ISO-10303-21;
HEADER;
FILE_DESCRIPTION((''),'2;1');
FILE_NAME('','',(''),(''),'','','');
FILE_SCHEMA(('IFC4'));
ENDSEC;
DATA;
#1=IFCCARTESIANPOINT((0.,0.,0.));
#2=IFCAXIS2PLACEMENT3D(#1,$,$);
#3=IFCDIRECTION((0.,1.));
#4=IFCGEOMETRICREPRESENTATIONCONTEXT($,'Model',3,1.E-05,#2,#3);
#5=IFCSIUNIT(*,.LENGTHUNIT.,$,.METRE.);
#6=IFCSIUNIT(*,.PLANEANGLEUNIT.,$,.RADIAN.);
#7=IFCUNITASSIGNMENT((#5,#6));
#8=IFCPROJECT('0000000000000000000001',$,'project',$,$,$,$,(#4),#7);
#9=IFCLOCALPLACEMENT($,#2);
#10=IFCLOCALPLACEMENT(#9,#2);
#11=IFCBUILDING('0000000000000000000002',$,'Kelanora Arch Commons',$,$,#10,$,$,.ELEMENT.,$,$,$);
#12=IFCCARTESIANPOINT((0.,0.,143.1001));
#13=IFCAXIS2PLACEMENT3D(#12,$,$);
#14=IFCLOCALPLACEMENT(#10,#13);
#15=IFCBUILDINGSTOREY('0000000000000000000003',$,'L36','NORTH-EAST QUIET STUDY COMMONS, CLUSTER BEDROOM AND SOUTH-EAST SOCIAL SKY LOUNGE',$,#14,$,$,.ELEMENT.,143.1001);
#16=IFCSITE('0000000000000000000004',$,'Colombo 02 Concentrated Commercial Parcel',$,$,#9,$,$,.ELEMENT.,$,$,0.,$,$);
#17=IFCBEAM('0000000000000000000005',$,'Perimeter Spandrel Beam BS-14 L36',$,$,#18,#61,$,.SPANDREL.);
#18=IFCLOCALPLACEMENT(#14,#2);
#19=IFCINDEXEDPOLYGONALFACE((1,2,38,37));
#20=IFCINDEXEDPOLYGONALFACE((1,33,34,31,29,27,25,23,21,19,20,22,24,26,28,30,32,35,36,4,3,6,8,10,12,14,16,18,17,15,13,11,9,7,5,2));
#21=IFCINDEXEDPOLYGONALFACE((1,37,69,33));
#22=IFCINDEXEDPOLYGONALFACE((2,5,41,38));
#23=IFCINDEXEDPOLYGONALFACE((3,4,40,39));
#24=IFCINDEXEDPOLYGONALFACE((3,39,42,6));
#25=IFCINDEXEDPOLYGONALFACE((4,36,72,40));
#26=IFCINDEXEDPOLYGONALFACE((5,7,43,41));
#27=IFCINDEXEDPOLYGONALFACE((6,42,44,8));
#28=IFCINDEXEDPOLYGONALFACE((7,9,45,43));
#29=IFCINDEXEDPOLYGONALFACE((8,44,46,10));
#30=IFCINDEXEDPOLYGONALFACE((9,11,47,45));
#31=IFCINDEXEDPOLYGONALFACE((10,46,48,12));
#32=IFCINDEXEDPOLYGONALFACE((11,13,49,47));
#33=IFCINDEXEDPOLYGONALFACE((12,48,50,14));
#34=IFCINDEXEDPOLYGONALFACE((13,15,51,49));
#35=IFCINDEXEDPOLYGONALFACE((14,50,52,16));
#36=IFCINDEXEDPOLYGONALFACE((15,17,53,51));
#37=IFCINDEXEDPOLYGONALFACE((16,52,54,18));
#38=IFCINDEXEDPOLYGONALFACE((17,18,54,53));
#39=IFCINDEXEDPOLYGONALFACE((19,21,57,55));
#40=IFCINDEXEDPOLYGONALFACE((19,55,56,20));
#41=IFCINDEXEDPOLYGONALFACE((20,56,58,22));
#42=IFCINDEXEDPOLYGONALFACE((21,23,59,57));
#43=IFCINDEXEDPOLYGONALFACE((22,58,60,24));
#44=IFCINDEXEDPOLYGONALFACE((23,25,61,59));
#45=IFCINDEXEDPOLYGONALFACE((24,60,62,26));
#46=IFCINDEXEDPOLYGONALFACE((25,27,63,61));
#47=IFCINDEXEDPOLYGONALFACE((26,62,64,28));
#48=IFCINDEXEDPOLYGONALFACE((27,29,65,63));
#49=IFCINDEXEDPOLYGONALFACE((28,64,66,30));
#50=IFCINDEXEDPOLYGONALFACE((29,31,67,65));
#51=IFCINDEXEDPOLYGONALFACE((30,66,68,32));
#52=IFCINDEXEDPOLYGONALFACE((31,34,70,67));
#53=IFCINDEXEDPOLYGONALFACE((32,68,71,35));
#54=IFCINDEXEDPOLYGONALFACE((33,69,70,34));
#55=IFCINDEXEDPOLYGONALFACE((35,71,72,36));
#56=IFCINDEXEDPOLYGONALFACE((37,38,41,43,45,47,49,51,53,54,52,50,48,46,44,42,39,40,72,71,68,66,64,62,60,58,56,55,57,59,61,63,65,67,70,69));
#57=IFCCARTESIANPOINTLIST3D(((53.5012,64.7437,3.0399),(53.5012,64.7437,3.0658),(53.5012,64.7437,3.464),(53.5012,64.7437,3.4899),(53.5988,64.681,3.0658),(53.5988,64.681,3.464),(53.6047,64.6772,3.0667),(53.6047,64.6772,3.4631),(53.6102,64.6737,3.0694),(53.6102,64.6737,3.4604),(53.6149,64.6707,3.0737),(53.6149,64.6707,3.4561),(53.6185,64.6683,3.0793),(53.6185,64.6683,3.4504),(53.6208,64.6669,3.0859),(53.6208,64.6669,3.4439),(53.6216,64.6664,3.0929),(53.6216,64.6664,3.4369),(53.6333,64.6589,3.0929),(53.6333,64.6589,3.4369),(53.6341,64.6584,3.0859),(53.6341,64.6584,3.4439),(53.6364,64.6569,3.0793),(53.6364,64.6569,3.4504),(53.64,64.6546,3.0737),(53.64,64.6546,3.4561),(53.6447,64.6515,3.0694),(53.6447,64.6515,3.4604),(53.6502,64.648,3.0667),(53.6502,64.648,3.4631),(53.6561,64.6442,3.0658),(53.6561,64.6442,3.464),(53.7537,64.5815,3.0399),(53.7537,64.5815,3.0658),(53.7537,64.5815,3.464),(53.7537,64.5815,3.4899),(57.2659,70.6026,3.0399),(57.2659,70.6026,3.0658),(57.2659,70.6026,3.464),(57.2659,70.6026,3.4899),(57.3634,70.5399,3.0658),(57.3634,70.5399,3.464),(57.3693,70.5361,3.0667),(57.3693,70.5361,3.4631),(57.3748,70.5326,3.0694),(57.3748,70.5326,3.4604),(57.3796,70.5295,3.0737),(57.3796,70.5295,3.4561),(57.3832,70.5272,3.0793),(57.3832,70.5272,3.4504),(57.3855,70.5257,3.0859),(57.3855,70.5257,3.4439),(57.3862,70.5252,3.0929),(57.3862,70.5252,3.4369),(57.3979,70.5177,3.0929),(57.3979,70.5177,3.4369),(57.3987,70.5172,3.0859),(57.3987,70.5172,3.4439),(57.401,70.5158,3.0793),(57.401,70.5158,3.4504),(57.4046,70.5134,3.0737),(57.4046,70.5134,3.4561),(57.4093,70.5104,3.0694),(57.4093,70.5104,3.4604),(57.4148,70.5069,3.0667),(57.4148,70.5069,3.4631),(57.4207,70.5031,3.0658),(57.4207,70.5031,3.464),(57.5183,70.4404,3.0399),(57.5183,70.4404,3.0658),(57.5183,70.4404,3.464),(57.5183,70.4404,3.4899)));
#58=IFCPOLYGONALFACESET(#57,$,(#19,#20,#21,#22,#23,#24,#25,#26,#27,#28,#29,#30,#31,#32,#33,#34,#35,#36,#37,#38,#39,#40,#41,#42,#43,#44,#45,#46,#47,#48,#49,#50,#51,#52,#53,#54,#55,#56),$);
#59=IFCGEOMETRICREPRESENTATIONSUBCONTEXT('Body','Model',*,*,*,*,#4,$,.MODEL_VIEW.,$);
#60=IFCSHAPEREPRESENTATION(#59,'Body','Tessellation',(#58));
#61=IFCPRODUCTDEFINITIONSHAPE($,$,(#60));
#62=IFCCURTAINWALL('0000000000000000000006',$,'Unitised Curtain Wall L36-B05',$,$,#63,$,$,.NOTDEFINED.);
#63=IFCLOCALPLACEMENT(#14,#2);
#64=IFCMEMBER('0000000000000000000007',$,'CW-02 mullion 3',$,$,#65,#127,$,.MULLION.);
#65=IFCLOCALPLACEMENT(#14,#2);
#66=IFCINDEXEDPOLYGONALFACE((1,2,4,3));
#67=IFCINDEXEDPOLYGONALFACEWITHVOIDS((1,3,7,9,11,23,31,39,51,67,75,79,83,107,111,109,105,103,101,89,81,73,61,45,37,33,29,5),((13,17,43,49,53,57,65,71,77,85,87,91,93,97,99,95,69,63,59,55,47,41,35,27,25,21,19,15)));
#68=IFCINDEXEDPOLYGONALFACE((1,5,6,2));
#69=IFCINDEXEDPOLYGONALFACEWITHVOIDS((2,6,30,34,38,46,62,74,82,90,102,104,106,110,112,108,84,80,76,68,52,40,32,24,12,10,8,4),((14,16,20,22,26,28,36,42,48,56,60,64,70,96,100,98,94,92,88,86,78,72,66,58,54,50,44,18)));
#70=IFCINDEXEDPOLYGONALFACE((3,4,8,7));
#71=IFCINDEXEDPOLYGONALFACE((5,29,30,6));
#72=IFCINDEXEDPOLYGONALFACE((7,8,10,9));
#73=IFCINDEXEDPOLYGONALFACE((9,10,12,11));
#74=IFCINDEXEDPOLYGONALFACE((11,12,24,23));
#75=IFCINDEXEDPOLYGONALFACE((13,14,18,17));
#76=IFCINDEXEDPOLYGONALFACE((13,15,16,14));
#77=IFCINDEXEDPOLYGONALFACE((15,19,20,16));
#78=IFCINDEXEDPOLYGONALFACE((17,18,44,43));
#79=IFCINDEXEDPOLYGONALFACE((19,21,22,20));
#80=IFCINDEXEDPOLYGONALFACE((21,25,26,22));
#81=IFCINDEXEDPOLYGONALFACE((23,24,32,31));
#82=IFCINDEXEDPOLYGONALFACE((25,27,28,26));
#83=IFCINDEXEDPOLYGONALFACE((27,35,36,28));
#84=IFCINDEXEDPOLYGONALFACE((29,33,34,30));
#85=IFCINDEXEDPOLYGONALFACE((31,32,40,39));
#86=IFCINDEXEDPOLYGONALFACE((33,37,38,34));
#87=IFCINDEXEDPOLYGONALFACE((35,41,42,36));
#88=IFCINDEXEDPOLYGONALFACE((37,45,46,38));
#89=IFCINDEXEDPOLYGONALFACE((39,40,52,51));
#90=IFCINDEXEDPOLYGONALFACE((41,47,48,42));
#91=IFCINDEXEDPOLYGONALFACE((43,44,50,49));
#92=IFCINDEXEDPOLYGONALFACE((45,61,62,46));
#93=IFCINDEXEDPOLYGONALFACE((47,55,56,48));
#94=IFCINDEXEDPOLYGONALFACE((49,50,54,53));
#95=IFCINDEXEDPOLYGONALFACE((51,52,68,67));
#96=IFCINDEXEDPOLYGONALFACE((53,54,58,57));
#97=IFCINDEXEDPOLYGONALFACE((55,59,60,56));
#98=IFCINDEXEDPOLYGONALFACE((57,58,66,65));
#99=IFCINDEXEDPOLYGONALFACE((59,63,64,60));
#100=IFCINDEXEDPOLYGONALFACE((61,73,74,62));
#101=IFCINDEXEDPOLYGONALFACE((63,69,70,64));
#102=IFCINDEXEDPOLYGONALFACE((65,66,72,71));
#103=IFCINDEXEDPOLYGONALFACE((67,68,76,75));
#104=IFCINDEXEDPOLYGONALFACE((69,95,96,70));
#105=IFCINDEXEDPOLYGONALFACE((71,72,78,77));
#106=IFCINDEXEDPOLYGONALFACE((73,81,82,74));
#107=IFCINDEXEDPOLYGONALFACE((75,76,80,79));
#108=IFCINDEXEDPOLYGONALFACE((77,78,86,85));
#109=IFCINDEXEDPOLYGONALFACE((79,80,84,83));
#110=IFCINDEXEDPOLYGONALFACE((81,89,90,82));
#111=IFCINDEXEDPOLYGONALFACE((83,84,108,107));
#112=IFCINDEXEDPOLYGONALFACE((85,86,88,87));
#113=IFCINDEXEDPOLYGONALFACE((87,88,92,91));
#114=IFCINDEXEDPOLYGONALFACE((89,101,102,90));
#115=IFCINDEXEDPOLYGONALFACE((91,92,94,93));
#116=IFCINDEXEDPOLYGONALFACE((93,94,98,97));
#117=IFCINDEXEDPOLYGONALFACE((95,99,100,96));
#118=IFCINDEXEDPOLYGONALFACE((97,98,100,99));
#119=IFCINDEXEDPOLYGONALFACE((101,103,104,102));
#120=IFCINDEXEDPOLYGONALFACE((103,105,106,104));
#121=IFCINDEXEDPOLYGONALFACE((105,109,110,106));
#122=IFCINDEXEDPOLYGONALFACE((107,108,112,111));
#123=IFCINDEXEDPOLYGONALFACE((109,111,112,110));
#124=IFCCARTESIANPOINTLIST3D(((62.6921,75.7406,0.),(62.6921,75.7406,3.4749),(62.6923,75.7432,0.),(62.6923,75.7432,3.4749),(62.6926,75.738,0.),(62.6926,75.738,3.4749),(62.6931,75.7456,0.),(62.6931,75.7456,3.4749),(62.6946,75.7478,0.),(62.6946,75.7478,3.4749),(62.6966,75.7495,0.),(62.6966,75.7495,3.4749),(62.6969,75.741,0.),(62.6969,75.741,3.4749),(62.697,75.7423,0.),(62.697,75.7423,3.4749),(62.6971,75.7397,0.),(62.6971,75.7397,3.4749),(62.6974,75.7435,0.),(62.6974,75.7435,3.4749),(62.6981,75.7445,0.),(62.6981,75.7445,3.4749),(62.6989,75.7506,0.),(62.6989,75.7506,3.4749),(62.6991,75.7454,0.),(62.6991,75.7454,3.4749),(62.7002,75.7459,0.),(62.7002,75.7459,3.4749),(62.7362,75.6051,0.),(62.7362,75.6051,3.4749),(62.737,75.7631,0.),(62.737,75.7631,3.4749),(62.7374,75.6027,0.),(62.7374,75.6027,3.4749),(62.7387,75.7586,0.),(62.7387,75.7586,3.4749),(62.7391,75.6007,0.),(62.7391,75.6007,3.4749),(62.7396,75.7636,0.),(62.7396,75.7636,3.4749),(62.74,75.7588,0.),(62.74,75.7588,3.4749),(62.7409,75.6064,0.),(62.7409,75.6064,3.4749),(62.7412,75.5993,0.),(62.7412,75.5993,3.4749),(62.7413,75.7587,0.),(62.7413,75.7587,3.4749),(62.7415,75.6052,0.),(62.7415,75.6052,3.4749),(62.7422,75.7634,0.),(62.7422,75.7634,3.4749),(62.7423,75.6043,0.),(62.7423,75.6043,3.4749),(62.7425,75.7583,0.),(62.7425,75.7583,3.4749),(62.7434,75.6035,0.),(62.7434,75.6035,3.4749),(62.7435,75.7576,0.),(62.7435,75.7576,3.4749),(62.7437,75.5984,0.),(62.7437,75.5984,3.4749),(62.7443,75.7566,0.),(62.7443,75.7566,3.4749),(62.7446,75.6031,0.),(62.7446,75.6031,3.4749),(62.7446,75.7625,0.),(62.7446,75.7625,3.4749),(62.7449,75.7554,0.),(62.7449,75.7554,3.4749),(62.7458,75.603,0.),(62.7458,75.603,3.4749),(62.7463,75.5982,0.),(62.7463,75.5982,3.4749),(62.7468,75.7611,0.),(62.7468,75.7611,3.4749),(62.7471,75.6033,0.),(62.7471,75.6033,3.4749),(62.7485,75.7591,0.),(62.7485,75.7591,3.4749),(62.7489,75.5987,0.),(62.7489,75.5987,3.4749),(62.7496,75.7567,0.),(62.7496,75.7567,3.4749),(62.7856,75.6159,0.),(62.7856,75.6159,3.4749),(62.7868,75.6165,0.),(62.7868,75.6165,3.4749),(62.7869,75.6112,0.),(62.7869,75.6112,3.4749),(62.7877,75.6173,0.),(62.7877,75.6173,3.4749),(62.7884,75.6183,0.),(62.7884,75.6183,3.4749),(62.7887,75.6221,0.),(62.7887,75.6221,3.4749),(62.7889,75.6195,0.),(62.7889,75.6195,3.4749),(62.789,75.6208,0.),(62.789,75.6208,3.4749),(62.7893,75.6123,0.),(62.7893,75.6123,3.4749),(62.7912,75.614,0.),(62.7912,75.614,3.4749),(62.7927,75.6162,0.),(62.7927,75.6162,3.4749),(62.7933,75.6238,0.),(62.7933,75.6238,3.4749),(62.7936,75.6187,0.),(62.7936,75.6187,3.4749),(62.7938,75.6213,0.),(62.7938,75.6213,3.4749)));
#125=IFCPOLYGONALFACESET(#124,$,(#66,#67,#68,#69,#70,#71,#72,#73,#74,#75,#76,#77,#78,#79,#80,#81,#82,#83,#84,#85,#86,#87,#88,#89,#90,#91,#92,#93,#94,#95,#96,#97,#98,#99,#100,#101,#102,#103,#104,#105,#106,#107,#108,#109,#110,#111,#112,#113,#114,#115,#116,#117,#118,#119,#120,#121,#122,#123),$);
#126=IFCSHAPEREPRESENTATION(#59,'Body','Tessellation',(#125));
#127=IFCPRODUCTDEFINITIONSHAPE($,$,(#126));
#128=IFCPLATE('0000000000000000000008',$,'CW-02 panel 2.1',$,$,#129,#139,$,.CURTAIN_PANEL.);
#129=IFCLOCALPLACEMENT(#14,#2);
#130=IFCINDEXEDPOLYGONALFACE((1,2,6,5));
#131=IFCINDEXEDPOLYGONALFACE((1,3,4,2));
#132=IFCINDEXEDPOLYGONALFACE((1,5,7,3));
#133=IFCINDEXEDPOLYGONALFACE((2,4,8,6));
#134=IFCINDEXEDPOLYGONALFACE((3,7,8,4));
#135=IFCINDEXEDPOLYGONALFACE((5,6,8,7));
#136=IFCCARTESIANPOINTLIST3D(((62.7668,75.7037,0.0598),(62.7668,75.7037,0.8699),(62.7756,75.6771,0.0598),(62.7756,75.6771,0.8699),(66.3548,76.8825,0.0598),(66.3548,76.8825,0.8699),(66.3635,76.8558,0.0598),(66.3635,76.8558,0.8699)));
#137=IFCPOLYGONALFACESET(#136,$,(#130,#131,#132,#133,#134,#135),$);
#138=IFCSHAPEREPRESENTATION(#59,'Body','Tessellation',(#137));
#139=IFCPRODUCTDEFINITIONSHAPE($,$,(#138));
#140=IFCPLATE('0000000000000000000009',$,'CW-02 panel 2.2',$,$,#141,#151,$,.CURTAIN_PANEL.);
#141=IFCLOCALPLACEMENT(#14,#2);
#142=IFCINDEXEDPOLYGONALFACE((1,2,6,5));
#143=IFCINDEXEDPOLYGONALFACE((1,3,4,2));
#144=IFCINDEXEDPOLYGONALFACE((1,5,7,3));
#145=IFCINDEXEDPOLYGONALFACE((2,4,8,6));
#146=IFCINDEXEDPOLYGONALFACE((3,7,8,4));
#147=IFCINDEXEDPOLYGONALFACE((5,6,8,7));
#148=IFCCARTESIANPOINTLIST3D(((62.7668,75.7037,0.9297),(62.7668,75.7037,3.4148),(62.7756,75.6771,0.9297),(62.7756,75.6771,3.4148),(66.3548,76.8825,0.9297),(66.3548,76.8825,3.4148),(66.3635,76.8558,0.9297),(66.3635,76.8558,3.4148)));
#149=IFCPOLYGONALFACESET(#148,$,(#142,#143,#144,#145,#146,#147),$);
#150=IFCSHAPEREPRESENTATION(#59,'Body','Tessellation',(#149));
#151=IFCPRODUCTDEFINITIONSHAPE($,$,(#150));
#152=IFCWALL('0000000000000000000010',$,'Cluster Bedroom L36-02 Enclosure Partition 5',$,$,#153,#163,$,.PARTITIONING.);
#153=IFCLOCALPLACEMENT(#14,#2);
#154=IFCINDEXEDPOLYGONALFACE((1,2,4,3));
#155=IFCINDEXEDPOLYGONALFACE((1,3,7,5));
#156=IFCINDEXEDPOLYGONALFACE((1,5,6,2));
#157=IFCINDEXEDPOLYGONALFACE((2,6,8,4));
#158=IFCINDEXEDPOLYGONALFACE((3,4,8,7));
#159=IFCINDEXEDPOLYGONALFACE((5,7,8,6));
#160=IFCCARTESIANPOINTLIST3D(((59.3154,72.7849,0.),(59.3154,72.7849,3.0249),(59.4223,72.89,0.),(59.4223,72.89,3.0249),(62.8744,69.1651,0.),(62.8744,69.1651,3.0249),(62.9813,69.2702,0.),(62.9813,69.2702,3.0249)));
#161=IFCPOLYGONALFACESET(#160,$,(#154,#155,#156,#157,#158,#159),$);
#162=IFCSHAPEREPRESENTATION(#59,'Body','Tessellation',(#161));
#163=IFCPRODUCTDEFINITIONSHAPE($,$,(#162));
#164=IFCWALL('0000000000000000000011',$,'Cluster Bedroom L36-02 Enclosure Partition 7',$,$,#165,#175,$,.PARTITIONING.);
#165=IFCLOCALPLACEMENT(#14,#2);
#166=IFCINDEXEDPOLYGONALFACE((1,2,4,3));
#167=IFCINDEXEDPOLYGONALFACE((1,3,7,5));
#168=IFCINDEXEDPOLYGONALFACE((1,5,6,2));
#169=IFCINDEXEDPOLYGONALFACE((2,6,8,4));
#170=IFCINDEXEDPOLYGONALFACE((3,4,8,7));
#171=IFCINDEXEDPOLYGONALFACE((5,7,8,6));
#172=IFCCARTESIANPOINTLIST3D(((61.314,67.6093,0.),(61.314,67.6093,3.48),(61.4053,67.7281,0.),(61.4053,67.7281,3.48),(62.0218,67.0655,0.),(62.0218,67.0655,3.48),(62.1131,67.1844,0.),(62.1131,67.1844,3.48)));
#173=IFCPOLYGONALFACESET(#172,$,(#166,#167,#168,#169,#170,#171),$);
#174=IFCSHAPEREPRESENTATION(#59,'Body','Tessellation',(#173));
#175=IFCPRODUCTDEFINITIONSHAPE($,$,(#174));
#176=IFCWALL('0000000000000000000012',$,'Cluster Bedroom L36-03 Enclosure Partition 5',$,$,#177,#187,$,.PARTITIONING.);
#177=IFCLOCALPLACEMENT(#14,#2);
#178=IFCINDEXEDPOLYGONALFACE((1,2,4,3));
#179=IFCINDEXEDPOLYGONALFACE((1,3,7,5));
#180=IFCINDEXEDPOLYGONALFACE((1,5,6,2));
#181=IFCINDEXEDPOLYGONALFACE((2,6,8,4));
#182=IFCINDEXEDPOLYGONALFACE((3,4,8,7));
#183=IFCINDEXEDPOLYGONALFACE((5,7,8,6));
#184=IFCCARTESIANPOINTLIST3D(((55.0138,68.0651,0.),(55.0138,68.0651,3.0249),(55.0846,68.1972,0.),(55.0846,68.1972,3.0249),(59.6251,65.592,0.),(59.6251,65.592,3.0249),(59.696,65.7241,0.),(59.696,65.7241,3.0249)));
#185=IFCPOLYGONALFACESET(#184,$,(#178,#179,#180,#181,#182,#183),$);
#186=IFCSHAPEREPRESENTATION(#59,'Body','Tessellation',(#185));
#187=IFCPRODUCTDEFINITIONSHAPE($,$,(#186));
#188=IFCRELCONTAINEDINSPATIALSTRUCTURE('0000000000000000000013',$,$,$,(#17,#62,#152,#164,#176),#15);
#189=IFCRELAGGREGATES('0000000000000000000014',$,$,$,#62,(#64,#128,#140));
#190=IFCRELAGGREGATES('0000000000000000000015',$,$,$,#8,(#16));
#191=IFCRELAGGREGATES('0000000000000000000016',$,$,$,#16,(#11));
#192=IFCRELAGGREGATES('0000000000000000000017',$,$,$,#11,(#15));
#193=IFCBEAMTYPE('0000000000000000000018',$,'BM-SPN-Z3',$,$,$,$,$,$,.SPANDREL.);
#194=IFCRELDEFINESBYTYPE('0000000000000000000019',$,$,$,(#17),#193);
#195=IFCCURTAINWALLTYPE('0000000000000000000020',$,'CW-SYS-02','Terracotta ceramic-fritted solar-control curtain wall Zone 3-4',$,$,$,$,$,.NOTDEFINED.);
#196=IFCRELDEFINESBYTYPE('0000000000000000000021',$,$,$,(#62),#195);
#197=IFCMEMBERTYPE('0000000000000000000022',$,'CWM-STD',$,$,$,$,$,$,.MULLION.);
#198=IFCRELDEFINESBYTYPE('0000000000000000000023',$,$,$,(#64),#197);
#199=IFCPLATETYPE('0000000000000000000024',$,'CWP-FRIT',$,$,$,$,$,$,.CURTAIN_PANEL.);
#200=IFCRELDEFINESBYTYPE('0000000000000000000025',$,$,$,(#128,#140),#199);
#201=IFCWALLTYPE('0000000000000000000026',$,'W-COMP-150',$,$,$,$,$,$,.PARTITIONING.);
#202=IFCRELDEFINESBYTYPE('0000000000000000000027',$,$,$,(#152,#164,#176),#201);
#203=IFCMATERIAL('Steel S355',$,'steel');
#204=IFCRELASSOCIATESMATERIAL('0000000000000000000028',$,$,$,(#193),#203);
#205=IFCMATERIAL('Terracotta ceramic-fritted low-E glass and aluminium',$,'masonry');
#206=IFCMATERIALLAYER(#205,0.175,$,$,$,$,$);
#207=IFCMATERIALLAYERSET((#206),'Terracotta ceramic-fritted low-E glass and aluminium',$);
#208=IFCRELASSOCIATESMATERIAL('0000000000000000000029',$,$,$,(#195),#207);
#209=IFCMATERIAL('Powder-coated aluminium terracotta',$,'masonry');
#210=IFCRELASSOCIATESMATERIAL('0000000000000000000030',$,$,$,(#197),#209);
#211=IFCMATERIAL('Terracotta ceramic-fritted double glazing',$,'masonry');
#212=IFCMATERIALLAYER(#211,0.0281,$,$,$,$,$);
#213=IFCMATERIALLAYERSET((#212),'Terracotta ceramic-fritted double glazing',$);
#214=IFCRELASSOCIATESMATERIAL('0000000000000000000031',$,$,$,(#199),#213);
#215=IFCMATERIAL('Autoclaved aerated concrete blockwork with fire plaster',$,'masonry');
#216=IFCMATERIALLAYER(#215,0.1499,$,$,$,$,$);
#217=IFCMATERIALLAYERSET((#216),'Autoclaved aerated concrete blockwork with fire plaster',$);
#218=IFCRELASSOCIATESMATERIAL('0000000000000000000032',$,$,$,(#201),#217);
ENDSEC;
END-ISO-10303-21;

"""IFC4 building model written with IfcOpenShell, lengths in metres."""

from ifc_helpers import new_model, si_unit, direction, frame, frame_2d, origin, origin_2d, place, context, subcontext, project, spatial, rectangle, hollow_rectangle, i_section, extrude, source, transform, mapped, material, layer, layer_set, material_profile, profile_set, type_object, element, aggregate, save


model = new_model("IFC4")

# Units and contexts
model_context = context("Model", 3, precision=1e-05, world=origin(), true_north=direction((0.0, 1.0)))
body_context = subcontext(model_context, "Body", "Model", "MODEL_VIEW")
ifc_project = project(units=[si_unit("LENGTHUNIT", "METRE"), si_unit("PLANEANGLEUNIT", "RADIAN")], contexts=[model_context])

# Site, building, storey
site_placement = place(None, origin())
site = spatial("IfcSite", under=ifc_project, at=site_placement, Name="Colombo 02 Concentrated Commercial Parcel", CompositionType="ELEMENT", RefElevation=0.0)
building_placement = place(site_placement, origin())
building = spatial("IfcBuilding", under=site, at=building_placement, Name="Kelanora Arch Commons", CompositionType="ELEMENT")
storey_placement = place(building_placement, frame((0.0, 0.0, 143.1001)))
storey = spatial("IfcBuildingStorey", under=building, at=storey_placement, Name="L36", Description="NORTH-EAST QUIET STUDY COMMONS, CLUSTER BEDROOM AND SOUTH-EAST SOCIAL SKY LOUNGE", CompositionType="ELEMENT", Elevation=143.1001)

# Beam
ifc_material_1 = material(Name="Steel S355", Category="steel")
ifc_material_profile_1 = material_profile(ifc_material_1, i_section(OverallWidth=0.3, OverallDepth=0.45, WebThickness=0.0139, FlangeThickness=0.0259, FilletRadius=0.0271, at=origin_2d()), Name="HEB450")
ifc_profile_set_1 = profile_set([ifc_material_profile_1], Name="Steel S355")
beam_type_1 = type_object("IfcBeamType", Name="BM-SPN-Z3", PredefinedType="SPANDREL", material=ifc_profile_set_1)
beam_1_placement = place(storey_placement, frame((57.3921, 70.5215, 3.2649), z_axis=(-0.540577, -0.841295, 0.0), x_axis=(0.841295, -0.540577, 0.0)))
element("IfcBeam", 1, at=beam_1_placement, inside=storey, type_object=beam_type_1, Name="Perimeter Spandrel Beam BS-14 L36", PredefinedType="SPANDREL", context=body_context, shape_type="SweptSolid", body=[
    extrude(i_section(OverallWidth=0.3, OverallDepth=0.45, WebThickness=0.0139, FlangeThickness=0.0259, FilletRadius=0.0271, at=origin_2d()), origin(), (0.0, 0.0, 1.0), 6.9641),
])

# Curtain wall, member, plates
ifc_material_2 = material(Name="Terracotta ceramic-fritted low-E glass and aluminium", Category="masonry")
ifc_layer_1 = layer(ifc_material_2, 0.175)
ifc_layer_set_1 = layer_set([ifc_layer_1], Name="Terracotta ceramic-fritted low-E glass and aluminium")
curtain_wall_type = type_object("IfcCurtainWallType", Name="CW-SYS-02", Description="Terracotta ceramic-fritted solar-control curtain wall Zone 3-4", PredefinedType="NOTDEFINED", material=ifc_layer_set_1)
curtain_wall_placement = place(storey_placement, origin())
curtain_wall = element("IfcCurtainWall", 2, at=curtain_wall_placement, inside=storey, type_object=curtain_wall_type, Name="Unitised Curtain Wall L36-B05", PredefinedType="NOTDEFINED")
ifc_material_3 = material(Name="Powder-coated aluminium terracotta", Category="masonry")
ifc_material_profile_2 = material_profile(ifc_material_3, hollow_rectangle(XDim=0.1599, YDim=0.0601, WallThickness=0.0049, InnerFilletRadius=0.0049, OuterFilletRadius=0.01, at=origin_2d()), Name="CWM160x60")
ifc_profile_set_2 = profile_set([ifc_material_profile_2], Name="Powder-coated aluminium terracotta")
member_type = type_object("IfcMemberType", Name="CWM-STD", PredefinedType="MULLION", material=ifc_profile_set_2)
member_placement = place(storey_placement, frame((62.7429, 75.6809, 0.0), z_axis=(0.0, 0.0, 1.0), x_axis=(0.312128, -0.95004, 0.0)))
member = element("IfcMember", 3, at=member_placement, type_object=member_type, Name="CW-02 mullion 3", PredefinedType="MULLION", context=body_context, shape_type="SweptSolid", body=[
    extrude(hollow_rectangle(XDim=0.1599, YDim=0.0601, WallThickness=0.0049, InnerFilletRadius=0.0049, OuterFilletRadius=0.01, at=origin_2d()), origin(), (0.0, 0.0, 1.0), 3.4749),
])
ifc_material_4 = material(Name="Terracotta ceramic-fritted double glazing", Category="masonry")
ifc_layer_2 = layer(ifc_material_4, 0.0281)
ifc_layer_set_2 = layer_set([ifc_layer_2], Name="Terracotta ceramic-fritted double glazing")
plate_type = type_object("IfcPlateType", Name="CWP-FRIT", PredefinedType="CURTAIN_PANEL", material=ifc_layer_set_2)
shared_shape_1 = source(origin(), body_context, "Body", "SweptSolid", [
    extrude(rectangle(XDim=3.7766, YDim=0.0281, at=origin_2d()), origin(), (0.0, 0.0, 1.0), 0.8101),
])
plate_1_placement = place(storey_placement, frame((64.5652, 76.2798, 0.0598), z_axis=(0.0, 0.0, 1.0), x_axis=(-0.95004, -0.312128, 0.0)))
plate_1 = element("IfcPlate", 4, at=plate_1_placement, type_object=plate_type, Name="CW-02 panel 2.1", PredefinedType="CURTAIN_PANEL", context=body_context, shape_type="MappedRepresentation", body=[
    mapped(shared_shape_1, transform((0.0, 0.0, 0.0), scale=1.0)),
])
shared_shape_2 = source(origin(), body_context, "Body", "SweptSolid", [
    extrude(rectangle(XDim=3.7766, YDim=0.0281, at=origin_2d()), origin(), (0.0, 0.0, 1.0), 2.4851),
])
plate_2_placement = place(storey_placement, frame((64.5652, 76.2798, 0.9297), z_axis=(0.0, 0.0, 1.0), x_axis=(-0.95004, -0.312128, 0.0)))
plate_2 = element("IfcPlate", 5, at=plate_2_placement, type_object=plate_type, Name="CW-02 panel 2.2", PredefinedType="CURTAIN_PANEL", context=body_context, shape_type="MappedRepresentation", body=[
    mapped(shared_shape_2, transform((0.0, 0.0, 0.0), scale=1.0)),
])
aggregate(curtain_wall, [member, plate_1, plate_2])

# Walls
ifc_material_5 = material(Name="Autoclaved aerated concrete blockwork with fire plaster", Category="masonry")
ifc_layer_3 = layer(ifc_material_5, 0.1499)
ifc_layer_set_3 = layer_set([ifc_layer_3], Name="Autoclaved aerated concrete blockwork with fire plaster")
wall_type_1 = type_object("IfcWallType", Name="W-COMP-150", PredefinedType="PARTITIONING", material=ifc_layer_set_3)
wall_1_placement = place(storey_placement, frame((59.3689, 72.8374, 0.0), z_axis=(0.0, 0.0, 1.0), x_axis=(0.701094, -0.713069, 0.0)))
element("IfcWall", 6, at=wall_1_placement, inside=storey, type_object=wall_type_1, Name="Cluster Bedroom L36-02 Enclosure Partition 5", PredefinedType="PARTITIONING", context=body_context, shape_type="SweptSolid", body=[
    extrude(rectangle(XDim=5.0764, YDim=0.1499, at=frame_2d((2.5381, 0.0))), origin(), (0.0, 0.0, 1.0), 3.0249),
])
wall_2_placement = place(storey_placement, frame((61.3596, 67.6687, 0.0), z_axis=(0.0, 0.0, 1.0), x_axis=(0.79302, -0.609195, 0.0)))
element("IfcWall", 7, at=wall_2_placement, inside=storey, type_object=wall_type_1, Name="Cluster Bedroom L36-02 Enclosure Partition 7", PredefinedType="PARTITIONING", context=body_context, shape_type="SweptSolid", body=[
    extrude(rectangle(XDim=0.8926, YDim=0.1499, at=frame_2d((0.4463, 0.0))), origin(), (0.0, 0.0, 1.0), 3.48),
])
wall_3_placement = place(storey_placement, frame((55.0493, 68.1311, 0.0), z_axis=(0.0, 0.0, 1.0), x_axis=(0.881258, -0.472636, 0.0)))
element("IfcWall", 8, at=wall_3_placement, inside=storey, type_object=wall_type_1, Name="Cluster Bedroom L36-03 Enclosure Partition 5", PredefinedType="PARTITIONING", context=body_context, shape_type="SweptSolid", body=[
    extrude(rectangle(XDim=5.2327, YDim=0.1499, at=frame_2d((2.6162, 0.0))), origin(), (0.0, 0.0, 1.0), 3.0249),
])

save(model, "model.ifc")
